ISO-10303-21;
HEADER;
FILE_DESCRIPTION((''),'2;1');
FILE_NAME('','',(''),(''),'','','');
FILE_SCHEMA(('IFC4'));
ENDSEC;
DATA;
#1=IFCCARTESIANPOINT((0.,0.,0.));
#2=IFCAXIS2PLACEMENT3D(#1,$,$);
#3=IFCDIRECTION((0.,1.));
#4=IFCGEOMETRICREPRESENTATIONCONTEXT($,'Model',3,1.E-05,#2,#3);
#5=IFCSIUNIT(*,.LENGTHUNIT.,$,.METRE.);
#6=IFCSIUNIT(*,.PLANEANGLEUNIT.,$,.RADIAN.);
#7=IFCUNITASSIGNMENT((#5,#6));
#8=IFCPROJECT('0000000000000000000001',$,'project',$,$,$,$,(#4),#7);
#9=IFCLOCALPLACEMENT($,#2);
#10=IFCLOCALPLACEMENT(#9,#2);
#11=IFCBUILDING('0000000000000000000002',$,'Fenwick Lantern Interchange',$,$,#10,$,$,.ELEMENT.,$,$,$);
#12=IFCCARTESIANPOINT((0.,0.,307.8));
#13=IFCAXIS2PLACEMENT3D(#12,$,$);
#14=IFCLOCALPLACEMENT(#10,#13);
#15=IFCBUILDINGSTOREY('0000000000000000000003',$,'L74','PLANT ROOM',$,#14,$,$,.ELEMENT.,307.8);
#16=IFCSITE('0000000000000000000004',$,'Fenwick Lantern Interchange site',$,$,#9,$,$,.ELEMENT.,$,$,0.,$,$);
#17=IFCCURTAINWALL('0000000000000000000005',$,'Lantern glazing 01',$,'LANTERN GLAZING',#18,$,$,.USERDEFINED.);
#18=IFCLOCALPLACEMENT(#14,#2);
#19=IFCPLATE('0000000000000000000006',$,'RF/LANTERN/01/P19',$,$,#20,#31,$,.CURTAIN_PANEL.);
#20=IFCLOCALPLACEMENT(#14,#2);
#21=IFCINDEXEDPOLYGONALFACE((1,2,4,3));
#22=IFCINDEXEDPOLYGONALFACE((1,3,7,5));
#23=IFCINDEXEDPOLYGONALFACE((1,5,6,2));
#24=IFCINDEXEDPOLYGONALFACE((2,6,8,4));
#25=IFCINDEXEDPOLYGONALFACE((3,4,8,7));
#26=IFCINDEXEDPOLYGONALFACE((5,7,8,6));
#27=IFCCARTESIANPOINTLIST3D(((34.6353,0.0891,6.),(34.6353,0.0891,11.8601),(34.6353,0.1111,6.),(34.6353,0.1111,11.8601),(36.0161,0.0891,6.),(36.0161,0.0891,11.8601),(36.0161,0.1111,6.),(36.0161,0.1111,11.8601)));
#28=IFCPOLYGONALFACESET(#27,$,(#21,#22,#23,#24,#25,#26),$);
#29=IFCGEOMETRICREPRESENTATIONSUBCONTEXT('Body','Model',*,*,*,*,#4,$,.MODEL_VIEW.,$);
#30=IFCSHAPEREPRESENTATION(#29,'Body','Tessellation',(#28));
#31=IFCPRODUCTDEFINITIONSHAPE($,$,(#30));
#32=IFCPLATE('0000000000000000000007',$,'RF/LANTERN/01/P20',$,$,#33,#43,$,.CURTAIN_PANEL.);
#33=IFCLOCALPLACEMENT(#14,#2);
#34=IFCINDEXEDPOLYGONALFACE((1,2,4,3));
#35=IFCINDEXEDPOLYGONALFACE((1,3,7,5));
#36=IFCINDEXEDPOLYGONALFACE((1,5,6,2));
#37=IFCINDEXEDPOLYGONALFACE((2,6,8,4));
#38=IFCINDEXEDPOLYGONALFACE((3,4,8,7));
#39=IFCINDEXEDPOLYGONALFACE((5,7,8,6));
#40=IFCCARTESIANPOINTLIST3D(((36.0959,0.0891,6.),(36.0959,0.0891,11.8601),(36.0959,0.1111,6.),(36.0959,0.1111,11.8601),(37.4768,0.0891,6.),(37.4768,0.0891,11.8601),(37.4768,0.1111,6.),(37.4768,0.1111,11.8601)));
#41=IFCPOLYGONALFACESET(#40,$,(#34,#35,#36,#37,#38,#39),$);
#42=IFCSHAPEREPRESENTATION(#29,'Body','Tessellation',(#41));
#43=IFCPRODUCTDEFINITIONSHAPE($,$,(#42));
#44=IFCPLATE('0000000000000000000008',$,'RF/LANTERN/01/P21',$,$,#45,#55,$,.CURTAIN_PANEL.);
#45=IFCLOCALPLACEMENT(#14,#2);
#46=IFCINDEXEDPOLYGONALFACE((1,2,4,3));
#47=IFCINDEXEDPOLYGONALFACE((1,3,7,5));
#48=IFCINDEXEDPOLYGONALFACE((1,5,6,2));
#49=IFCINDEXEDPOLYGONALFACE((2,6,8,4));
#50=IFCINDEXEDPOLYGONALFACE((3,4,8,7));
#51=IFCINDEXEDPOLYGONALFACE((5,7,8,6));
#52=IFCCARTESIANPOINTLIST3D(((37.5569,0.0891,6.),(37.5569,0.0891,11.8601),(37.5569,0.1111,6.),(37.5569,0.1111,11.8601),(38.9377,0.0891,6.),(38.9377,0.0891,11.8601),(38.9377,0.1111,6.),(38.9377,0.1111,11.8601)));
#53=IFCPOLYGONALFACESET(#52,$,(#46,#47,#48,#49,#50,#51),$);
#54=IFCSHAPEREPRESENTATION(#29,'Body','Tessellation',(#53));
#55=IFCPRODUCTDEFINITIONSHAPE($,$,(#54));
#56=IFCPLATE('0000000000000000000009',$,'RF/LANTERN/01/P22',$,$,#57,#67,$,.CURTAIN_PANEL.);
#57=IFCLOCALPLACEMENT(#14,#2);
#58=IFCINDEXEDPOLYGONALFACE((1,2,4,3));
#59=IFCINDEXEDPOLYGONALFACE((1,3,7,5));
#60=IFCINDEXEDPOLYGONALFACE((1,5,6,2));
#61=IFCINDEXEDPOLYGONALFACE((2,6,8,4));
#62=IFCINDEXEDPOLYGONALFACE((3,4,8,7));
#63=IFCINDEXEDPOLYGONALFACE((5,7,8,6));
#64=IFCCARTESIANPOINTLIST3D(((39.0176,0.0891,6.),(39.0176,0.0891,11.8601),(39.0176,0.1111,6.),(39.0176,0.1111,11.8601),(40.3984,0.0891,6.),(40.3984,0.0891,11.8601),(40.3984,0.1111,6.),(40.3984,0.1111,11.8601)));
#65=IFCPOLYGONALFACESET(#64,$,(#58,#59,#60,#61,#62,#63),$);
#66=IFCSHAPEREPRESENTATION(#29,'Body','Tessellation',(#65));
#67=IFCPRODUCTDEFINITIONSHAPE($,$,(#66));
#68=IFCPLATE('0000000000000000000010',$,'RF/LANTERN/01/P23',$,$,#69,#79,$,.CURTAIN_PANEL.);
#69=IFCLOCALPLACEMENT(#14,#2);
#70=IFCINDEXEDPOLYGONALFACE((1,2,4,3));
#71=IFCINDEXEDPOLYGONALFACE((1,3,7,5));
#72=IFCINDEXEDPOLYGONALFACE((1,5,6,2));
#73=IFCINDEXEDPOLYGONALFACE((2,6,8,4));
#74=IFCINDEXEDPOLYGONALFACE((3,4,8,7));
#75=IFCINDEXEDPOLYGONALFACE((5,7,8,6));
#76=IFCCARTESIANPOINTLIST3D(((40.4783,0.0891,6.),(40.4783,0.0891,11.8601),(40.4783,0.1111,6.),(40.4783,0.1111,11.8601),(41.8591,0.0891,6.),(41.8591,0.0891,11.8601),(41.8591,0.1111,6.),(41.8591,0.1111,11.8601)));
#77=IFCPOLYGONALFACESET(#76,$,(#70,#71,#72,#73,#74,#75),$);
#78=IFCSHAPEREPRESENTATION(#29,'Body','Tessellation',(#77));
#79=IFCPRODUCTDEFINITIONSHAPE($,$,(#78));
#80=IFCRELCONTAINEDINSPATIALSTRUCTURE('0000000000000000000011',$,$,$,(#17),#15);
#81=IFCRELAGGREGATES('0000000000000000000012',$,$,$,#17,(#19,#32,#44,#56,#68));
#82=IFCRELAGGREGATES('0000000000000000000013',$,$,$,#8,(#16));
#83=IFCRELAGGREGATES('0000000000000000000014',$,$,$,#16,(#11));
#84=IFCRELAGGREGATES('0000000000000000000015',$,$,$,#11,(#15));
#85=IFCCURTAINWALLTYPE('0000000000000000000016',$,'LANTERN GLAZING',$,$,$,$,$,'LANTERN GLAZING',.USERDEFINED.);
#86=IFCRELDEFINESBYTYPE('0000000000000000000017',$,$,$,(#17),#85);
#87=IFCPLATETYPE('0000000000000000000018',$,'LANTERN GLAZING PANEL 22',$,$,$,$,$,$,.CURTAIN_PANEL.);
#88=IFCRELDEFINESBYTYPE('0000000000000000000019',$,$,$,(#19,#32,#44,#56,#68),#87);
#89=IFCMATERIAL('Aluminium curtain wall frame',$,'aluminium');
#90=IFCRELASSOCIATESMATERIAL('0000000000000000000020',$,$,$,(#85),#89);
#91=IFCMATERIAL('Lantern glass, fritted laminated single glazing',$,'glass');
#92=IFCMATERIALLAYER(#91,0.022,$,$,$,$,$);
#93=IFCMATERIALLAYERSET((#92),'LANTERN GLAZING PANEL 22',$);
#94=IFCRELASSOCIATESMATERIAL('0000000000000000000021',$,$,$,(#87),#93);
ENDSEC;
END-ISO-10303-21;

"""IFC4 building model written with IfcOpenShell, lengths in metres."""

from ifc_helpers import new_model, si_unit, direction, frame, origin, origin_2d, place, context, subcontext, project, spatial, rectangle, extrude, material, layer, layer_set, type_object, element, aggregate, save


model = new_model("IFC4")

# Units and contexts
model_context = context("Model", 3, precision=1e-05, world=origin(), true_north=direction((0.0, 1.0)))
body_context = subcontext(model_context, "Body", "Model", "MODEL_VIEW")
ifc_project = project(units=[si_unit("LENGTHUNIT", "METRE"), si_unit("PLANEANGLEUNIT", "RADIAN")], contexts=[model_context])

# Site, building, storey
site_placement = place(None, origin())
site = spatial("IfcSite", under=ifc_project, at=site_placement, Name="Fenwick Lantern Interchange site", CompositionType="ELEMENT", RefElevation=0.0)
building_placement = place(site_placement, origin())
building = spatial("IfcBuilding", under=site, at=building_placement, Name="Fenwick Lantern Interchange", CompositionType="ELEMENT")
storey_placement = place(building_placement, frame((0.0, 0.0, 307.8)))
storey = spatial("IfcBuildingStorey", under=building, at=storey_placement, Name="L74", Description="PLANT ROOM", CompositionType="ELEMENT", Elevation=307.8)

# Curtain wall
ifc_material_1 = material(Name="Aluminium curtain wall frame", Category="aluminium")
curtain_wall_type = type_object("IfcCurtainWallType", Name="LANTERN GLAZING", ElementType="LANTERN GLAZING", PredefinedType="USERDEFINED", material=ifc_material_1)
curtain_wall_1_placement = place(storey_placement, origin())
curtain_wall_1 = element("IfcCurtainWall", 1, at=curtain_wall_1_placement, inside=storey, type_object=curtain_wall_type, Name="Lantern glazing 01", ObjectType="LANTERN GLAZING", PredefinedType="USERDEFINED")

# Plates
ifc_material_2 = material(Name="Lantern glass, fritted laminated single glazing", Category="glass")
ifc_layer = layer(ifc_material_2, 0.022)
ifc_layer_set = layer_set([ifc_layer], Name="LANTERN GLAZING PANEL 22")
plate_type = type_object("IfcPlateType", Name="LANTERN GLAZING PANEL 22", PredefinedType="CURTAIN_PANEL", material=ifc_layer_set)
plate_1_placement = place(storey_placement, frame((35.3257, 0.1001, 6.0), z_axis=(0.0, 0.0, 1.0), x_axis=(1.0, 0.0, 0.0)))
plate_1 = element("IfcPlate", 2, at=plate_1_placement, type_object=plate_type, Name="RF/LANTERN/01/P19", PredefinedType="CURTAIN_PANEL", context=body_context, shape_type="SweptSolid", body=[
    extrude(rectangle(XDim=1.3809, YDim=0.022, at=origin_2d()), origin(), (0.0, 0.0, 1.0), 5.8601),
])
plate_2_placement = place(storey_placement, frame((36.7864, 0.1001, 6.0), z_axis=(0.0, 0.0, 1.0), x_axis=(1.0, 0.0, 0.0)))
plate_2 = element("IfcPlate", 3, at=plate_2_placement, type_object=plate_type, Name="RF/LANTERN/01/P20", PredefinedType="CURTAIN_PANEL", context=body_context, shape_type="SweptSolid", body=[
    extrude(rectangle(XDim=1.3809, YDim=0.022, at=origin_2d()), origin(), (0.0, 0.0, 1.0), 5.8601),
])
plate_3_placement = place(storey_placement, frame((38.2473, 0.1001, 6.0), z_axis=(0.0, 0.0, 1.0), x_axis=(1.0, 0.0, 0.0)))
plate_3 = element("IfcPlate", 4, at=plate_3_placement, type_object=plate_type, Name="RF/LANTERN/01/P21", PredefinedType="CURTAIN_PANEL", context=body_context, shape_type="SweptSolid", body=[
    extrude(rectangle(XDim=1.3809, YDim=0.022, at=origin_2d()), origin(), (0.0, 0.0, 1.0), 5.8601),
])
plate_4_placement = place(storey_placement, frame((39.708, 0.1001, 6.0), z_axis=(0.0, 0.0, 1.0), x_axis=(1.0, 0.0, 0.0)))
plate_4 = element("IfcPlate", 5, at=plate_4_placement, type_object=plate_type, Name="RF/LANTERN/01/P22", PredefinedType="CURTAIN_PANEL", context=body_context, shape_type="SweptSolid", body=[
    extrude(rectangle(XDim=1.3809, YDim=0.022, at=origin_2d()), origin(), (0.0, 0.0, 1.0), 5.8601),
])
plate_5_placement = place(storey_placement, frame((41.1687, 0.1001, 6.0), z_axis=(0.0, 0.0, 1.0), x_axis=(1.0, 0.0, 0.0)))
plate_5 = element("IfcPlate", 6, at=plate_5_placement, type_object=plate_type, Name="RF/LANTERN/01/P23", PredefinedType="CURTAIN_PANEL", context=body_context, shape_type="SweptSolid", body=[
    extrude(rectangle(XDim=1.3809, YDim=0.022, at=origin_2d()), origin(), (0.0, 0.0, 1.0), 5.8601),
])
aggregate(curtain_wall_1, [plate_1, plate_2, plate_3, plate_4, plate_5])

save(model, "model.ifc")
